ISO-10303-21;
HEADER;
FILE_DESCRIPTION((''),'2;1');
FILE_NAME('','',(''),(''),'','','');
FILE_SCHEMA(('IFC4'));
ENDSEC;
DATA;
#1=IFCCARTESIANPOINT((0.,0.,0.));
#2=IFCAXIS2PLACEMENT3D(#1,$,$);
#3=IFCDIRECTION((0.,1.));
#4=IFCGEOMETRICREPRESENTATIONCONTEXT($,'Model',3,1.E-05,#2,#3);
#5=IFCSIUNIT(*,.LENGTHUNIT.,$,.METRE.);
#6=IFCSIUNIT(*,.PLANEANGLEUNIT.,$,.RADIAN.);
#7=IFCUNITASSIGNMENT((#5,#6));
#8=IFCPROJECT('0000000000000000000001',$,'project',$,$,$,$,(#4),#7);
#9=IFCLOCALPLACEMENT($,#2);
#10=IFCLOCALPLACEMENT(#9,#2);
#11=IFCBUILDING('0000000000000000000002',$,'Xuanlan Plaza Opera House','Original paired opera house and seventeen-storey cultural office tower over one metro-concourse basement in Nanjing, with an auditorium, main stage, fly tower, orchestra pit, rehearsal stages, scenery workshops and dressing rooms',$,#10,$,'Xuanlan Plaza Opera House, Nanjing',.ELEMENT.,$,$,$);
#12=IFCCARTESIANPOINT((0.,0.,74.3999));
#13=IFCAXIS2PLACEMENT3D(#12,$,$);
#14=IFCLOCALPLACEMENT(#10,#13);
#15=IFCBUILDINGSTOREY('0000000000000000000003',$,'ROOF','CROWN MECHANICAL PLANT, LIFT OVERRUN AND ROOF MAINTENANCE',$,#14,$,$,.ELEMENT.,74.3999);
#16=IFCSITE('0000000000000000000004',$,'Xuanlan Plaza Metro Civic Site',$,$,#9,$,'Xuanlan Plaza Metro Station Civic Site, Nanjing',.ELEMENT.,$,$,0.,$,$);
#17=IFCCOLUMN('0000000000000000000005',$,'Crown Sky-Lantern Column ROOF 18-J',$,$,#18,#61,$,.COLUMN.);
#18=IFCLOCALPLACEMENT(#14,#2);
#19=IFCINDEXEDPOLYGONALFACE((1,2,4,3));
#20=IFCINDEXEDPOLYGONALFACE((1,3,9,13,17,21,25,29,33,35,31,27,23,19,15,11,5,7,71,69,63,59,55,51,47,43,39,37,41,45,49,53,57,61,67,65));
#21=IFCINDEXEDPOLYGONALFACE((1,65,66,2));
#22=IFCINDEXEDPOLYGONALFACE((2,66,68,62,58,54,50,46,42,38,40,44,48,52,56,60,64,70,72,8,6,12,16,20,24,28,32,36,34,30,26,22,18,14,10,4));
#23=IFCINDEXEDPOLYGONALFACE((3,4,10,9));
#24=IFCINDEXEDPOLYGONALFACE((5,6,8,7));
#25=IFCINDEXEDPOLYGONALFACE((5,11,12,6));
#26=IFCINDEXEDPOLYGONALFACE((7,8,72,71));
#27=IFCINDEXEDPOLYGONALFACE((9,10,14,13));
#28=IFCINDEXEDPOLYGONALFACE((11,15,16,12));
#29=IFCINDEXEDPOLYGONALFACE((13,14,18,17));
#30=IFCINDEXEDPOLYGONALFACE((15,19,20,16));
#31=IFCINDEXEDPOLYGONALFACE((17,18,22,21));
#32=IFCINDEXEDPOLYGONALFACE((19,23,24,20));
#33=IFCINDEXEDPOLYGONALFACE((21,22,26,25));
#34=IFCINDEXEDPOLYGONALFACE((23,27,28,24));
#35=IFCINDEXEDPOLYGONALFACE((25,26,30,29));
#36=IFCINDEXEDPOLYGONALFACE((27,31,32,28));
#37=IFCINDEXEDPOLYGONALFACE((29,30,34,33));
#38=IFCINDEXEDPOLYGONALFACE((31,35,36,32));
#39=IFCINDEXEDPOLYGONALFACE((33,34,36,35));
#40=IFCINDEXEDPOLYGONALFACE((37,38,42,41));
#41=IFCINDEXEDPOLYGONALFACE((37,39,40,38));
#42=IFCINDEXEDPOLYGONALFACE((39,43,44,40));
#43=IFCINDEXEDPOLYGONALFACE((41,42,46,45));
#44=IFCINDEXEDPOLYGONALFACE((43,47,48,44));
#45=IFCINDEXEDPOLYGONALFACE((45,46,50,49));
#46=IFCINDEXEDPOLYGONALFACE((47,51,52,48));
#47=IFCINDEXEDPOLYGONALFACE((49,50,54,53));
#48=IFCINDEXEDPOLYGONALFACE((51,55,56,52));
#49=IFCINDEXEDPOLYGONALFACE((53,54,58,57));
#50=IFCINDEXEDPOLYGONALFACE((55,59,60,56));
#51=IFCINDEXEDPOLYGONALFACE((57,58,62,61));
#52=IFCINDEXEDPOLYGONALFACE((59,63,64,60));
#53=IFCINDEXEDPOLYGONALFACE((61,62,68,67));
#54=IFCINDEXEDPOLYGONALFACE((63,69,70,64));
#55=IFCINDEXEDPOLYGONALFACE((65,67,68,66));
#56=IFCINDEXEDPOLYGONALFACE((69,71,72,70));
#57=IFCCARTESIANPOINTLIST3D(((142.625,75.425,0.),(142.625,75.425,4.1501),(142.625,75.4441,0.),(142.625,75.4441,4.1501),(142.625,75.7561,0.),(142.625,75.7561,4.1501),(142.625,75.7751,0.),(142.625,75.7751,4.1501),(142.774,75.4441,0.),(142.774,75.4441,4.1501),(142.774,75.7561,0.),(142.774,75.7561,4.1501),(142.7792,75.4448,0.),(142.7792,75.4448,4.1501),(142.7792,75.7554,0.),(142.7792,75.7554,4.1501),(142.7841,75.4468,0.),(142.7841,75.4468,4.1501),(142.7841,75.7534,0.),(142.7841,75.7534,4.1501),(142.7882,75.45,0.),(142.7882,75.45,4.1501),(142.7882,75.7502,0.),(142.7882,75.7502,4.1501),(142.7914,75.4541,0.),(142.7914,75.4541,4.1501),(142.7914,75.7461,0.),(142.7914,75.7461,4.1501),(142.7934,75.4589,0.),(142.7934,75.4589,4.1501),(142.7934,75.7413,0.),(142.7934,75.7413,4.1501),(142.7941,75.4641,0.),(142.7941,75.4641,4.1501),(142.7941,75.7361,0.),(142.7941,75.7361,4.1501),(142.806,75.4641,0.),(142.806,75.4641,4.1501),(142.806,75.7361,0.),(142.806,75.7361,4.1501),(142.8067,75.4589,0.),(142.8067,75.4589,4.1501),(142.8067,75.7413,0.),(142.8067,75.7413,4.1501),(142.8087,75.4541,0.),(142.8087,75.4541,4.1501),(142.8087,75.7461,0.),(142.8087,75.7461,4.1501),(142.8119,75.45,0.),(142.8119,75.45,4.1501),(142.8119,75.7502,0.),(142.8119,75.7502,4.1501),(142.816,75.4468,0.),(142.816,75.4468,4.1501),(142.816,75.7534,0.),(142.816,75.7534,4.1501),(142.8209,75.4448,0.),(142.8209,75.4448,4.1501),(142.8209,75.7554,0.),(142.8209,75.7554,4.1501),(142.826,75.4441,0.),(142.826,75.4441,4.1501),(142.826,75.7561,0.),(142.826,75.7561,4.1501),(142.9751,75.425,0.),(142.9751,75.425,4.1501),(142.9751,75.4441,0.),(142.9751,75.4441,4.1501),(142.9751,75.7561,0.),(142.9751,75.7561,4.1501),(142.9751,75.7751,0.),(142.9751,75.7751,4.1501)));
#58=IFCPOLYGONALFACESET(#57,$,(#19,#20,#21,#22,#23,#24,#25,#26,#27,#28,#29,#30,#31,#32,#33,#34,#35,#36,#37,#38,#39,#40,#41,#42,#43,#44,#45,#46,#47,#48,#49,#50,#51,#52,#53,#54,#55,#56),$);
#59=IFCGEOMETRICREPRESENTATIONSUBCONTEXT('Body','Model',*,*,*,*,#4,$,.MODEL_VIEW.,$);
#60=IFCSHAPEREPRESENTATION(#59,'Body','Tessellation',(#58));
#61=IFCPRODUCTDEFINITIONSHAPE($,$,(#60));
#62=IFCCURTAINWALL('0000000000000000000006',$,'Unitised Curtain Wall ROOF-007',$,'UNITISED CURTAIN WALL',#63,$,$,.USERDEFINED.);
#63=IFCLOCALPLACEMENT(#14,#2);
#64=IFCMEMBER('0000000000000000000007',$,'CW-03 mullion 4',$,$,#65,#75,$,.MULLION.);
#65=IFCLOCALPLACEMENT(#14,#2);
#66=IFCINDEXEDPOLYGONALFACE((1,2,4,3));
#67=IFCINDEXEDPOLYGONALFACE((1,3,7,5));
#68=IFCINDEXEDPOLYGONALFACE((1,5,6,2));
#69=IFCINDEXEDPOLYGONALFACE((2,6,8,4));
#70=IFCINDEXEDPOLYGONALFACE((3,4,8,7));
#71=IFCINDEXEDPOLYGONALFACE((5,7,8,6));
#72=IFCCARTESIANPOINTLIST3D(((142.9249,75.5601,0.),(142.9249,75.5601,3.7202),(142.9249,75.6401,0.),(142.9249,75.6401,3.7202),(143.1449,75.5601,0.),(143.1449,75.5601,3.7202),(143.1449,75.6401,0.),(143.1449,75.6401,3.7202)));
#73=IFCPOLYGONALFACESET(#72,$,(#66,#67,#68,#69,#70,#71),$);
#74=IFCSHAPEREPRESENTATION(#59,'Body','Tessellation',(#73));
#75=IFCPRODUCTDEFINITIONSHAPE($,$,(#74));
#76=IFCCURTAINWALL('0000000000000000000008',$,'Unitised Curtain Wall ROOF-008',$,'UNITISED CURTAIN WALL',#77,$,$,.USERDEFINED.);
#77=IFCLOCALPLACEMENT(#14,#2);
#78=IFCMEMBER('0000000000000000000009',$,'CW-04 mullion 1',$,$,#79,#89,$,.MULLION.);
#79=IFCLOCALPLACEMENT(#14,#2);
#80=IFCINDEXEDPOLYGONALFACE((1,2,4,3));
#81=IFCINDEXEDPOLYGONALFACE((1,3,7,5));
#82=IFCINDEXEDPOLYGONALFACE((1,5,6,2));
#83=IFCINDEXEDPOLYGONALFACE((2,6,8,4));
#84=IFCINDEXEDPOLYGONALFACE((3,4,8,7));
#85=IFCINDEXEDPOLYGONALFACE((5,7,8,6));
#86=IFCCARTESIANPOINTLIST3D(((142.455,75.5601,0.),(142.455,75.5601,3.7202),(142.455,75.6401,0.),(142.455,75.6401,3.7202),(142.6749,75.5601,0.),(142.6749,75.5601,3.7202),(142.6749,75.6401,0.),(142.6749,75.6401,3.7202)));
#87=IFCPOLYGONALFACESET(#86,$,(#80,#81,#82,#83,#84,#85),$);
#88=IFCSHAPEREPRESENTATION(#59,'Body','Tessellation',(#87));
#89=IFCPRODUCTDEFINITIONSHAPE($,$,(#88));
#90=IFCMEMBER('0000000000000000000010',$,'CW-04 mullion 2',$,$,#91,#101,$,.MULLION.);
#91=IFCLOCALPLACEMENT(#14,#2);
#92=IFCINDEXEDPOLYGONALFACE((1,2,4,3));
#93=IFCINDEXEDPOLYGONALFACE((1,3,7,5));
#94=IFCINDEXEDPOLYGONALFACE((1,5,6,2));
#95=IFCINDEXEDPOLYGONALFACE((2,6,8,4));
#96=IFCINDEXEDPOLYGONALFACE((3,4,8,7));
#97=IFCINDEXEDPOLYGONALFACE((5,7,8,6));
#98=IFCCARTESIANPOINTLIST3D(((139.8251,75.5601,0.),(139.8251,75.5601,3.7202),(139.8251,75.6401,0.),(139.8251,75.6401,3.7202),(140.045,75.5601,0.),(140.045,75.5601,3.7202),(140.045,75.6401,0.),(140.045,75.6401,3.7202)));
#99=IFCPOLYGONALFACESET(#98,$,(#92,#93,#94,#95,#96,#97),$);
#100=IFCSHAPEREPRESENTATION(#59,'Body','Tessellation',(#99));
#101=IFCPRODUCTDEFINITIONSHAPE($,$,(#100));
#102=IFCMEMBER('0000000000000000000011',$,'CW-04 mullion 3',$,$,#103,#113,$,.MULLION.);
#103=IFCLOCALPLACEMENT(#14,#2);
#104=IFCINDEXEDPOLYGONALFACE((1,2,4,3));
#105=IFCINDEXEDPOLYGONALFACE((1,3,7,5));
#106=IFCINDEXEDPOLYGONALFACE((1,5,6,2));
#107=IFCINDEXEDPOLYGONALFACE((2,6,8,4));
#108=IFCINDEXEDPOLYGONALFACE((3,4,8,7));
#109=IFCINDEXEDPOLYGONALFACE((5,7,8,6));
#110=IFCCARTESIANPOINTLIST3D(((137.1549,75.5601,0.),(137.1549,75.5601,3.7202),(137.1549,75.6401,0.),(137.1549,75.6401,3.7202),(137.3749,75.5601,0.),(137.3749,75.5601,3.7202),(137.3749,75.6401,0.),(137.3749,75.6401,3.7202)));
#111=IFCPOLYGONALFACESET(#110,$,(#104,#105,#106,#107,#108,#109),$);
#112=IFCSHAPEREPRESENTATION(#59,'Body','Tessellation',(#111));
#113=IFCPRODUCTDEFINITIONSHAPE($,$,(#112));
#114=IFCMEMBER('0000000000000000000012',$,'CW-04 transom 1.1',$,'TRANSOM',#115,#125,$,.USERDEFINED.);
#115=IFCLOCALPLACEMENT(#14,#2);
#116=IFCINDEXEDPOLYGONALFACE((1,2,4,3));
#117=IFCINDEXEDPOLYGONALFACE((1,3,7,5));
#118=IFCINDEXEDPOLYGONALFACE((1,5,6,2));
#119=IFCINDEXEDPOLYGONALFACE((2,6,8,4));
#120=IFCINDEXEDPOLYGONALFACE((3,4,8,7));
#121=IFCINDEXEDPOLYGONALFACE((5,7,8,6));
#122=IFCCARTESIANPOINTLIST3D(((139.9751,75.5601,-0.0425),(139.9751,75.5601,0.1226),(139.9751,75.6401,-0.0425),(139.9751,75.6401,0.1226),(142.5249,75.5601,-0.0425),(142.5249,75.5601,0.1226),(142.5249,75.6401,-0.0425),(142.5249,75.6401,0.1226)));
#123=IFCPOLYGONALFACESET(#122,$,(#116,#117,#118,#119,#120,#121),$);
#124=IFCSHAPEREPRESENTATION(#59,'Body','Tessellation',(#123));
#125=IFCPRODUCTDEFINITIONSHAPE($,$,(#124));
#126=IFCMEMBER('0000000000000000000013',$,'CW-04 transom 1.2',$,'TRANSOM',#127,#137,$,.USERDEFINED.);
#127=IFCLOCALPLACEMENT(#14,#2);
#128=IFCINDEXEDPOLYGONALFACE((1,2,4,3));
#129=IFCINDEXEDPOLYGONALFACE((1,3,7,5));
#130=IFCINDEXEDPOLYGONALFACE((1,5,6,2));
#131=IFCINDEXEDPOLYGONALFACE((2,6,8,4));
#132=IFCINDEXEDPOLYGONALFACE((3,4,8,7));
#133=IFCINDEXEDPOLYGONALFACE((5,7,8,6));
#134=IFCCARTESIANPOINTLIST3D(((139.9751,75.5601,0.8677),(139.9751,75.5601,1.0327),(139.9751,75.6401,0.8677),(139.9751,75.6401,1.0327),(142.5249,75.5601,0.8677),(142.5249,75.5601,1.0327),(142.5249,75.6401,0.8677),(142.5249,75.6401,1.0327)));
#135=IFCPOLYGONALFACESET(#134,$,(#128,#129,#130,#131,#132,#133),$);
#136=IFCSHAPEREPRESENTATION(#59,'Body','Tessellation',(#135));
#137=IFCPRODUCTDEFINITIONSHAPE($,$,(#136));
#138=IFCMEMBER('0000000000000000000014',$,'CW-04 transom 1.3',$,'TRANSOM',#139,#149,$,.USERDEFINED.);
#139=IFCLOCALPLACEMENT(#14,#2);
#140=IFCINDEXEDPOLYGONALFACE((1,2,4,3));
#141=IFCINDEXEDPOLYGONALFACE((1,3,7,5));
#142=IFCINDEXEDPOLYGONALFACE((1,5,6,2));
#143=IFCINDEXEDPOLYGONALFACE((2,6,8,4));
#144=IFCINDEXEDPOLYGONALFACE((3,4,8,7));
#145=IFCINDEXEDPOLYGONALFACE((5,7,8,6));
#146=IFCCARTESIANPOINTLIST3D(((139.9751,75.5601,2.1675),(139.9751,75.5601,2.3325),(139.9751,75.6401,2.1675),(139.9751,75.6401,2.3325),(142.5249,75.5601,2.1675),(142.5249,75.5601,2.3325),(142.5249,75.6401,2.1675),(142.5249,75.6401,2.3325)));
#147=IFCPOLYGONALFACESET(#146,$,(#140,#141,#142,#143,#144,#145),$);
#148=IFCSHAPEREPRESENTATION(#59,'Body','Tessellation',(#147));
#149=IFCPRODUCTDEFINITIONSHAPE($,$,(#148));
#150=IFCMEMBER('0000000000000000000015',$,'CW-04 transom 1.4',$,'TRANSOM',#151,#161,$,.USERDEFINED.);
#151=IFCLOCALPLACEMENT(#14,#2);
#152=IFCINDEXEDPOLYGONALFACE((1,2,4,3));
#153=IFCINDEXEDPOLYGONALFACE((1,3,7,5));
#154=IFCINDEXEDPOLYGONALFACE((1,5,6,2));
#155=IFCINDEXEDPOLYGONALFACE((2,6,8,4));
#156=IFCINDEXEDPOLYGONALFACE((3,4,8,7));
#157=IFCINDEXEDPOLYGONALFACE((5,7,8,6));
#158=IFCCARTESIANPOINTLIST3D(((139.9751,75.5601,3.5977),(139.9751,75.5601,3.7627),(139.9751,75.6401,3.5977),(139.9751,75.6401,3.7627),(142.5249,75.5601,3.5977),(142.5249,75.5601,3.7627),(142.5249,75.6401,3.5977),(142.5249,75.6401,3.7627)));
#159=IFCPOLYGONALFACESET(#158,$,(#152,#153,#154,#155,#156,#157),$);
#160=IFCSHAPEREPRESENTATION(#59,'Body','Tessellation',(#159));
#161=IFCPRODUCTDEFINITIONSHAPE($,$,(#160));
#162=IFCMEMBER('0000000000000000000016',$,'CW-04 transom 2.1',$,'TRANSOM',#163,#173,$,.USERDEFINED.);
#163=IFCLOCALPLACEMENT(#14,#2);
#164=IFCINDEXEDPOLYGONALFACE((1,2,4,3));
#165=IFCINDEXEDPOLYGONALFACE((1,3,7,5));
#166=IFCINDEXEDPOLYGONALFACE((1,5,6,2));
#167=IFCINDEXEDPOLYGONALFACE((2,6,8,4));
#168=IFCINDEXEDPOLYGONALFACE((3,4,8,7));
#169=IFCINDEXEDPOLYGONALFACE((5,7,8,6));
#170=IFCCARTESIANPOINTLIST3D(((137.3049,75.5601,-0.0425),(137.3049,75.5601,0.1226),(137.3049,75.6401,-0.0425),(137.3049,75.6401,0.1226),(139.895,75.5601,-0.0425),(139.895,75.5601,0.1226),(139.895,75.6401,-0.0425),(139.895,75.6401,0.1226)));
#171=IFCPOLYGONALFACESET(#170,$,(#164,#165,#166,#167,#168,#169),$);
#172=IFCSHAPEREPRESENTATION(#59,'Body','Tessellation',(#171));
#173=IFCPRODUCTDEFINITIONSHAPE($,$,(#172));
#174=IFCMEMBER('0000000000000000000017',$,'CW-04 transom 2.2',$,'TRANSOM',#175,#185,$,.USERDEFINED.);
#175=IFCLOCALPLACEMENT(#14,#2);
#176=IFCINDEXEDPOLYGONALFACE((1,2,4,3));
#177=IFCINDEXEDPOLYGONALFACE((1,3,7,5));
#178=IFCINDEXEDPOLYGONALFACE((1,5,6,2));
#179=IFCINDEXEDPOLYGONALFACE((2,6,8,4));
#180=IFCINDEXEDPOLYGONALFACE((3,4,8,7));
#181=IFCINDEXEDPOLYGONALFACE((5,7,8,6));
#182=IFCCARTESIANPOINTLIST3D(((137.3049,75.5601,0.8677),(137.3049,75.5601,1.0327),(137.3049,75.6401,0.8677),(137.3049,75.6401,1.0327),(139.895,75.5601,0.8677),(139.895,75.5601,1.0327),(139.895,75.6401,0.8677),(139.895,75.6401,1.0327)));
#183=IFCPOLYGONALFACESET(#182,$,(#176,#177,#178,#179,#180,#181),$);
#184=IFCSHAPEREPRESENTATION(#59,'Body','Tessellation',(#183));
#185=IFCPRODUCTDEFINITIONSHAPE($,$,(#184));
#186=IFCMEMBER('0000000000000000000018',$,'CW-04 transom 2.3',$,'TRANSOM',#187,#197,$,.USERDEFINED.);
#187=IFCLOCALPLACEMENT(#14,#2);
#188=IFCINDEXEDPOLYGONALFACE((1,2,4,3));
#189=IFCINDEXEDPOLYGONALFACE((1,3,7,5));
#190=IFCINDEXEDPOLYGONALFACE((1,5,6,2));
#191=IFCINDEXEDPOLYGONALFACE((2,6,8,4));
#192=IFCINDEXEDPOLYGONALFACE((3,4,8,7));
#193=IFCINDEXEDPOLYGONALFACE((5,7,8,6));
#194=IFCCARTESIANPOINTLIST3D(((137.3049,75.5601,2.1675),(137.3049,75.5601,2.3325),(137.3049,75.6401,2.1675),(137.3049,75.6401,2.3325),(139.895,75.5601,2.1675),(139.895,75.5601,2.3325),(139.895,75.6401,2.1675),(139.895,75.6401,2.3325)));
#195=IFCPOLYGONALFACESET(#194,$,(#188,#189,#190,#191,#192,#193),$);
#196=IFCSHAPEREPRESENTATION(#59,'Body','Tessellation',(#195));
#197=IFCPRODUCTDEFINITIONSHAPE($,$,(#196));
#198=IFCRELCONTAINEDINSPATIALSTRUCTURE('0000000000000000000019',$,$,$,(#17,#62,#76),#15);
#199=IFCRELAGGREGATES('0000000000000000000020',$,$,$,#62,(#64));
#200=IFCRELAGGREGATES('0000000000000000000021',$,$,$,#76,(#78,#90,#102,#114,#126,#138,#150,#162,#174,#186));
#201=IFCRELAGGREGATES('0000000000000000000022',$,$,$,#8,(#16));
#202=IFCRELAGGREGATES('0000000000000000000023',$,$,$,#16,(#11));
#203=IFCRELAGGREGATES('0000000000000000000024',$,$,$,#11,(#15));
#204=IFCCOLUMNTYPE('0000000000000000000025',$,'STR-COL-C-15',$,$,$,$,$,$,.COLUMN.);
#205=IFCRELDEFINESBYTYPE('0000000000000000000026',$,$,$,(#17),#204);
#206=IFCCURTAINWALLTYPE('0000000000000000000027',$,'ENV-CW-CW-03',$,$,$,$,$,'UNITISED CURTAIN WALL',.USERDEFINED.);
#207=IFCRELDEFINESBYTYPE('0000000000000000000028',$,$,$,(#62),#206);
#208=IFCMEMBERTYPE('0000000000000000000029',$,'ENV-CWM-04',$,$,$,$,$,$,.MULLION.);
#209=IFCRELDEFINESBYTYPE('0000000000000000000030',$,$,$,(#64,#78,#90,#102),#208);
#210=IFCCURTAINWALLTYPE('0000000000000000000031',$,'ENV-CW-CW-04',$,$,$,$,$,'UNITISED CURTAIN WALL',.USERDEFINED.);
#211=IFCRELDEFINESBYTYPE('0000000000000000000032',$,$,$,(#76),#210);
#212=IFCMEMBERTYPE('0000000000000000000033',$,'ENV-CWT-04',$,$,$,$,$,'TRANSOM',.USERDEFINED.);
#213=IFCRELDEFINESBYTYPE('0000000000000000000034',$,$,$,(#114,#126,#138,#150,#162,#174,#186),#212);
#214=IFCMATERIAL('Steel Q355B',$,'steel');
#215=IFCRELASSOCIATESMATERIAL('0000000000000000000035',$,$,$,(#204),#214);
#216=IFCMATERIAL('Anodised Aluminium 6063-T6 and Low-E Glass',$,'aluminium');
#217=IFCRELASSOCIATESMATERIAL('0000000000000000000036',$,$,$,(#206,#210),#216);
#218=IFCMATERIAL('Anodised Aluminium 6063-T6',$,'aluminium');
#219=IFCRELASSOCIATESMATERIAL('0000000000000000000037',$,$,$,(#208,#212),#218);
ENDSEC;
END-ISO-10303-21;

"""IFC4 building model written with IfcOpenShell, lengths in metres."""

from ifc_helpers import new_model, si_unit, direction, frame, origin, origin_2d, place, context, subcontext, project, spatial, rectangle, i_section, extrude, material, material_profile, profile_set, type_object, element, aggregate, save


model = new_model("IFC4")

# Units and contexts
model_context = context("Model", 3, precision=1e-05, world=origin(), true_north=direction((0.0, 1.0)))
body_context = subcontext(model_context, "Body", "Model", "MODEL_VIEW")
ifc_project = project(units=[si_unit("LENGTHUNIT", "METRE"), si_unit("PLANEANGLEUNIT", "RADIAN")], contexts=[model_context])

# Site, building, storey
site_placement = place(None, origin())
site = spatial("IfcSite", under=ifc_project, at=site_placement, Name="Xuanlan Plaza Metro Civic Site", LongName="Xuanlan Plaza Metro Station Civic Site, Nanjing", CompositionType="ELEMENT", RefElevation=0.0)
building_placement = place(site_placement, origin())
building = spatial("IfcBuilding", under=site, at=building_placement, Name="Xuanlan Plaza Opera House", Description="Original paired opera house and seventeen-storey cultural office tower over one metro-concourse basement in Nanjing, with an auditorium, main stage, fly tower, orchestra pit, rehearsal stages, scenery workshops and dressing rooms", LongName="Xuanlan Plaza Opera House, Nanjing", CompositionType="ELEMENT")
storey_placement = place(building_placement, frame((0.0, 0.0, 74.3999)))
storey = spatial("IfcBuildingStorey", under=building, at=storey_placement, Name="ROOF", Description="CROWN MECHANICAL PLANT, LIFT OVERRUN AND ROOF MAINTENANCE", CompositionType="ELEMENT", Elevation=74.3999)

# Column
ifc_material_1 = material(Name="Steel Q355B", Category="steel")
ifc_material_profile_1 = material_profile(ifc_material_1, i_section(OverallWidth=0.3501, OverallDepth=0.3501, WebThickness=0.012, FlangeThickness=0.019, FilletRadius=0.02, at=origin_2d()), Name="HW 350x350x12x19")
ifc_profile_set_1 = profile_set([ifc_material_profile_1], Name="Steel Q355B")
column_type = type_object("IfcColumnType", Name="STR-COL-C-15", PredefinedType="COLUMN", material=ifc_profile_set_1)
column_placement = place(storey_placement, frame((142.8, 75.6001, 0.0), z_axis=(0.0, 0.0, 1.0), x_axis=(1.0, 0.0, 0.0)))
element("IfcColumn", 1, at=column_placement, inside=storey, type_object=column_type, Name="Crown Sky-Lantern Column ROOF 18-J", PredefinedType="COLUMN", context=body_context, shape_type="SweptSolid", body=[
    extrude(i_section(OverallWidth=0.3501, OverallDepth=0.3501, WebThickness=0.012, FlangeThickness=0.019, FilletRadius=0.02, at=origin_2d()), origin(), (0.0, 0.0, 1.0), 4.1501),
])

# Curtain wall, member
ifc_material_2 = material(Name="Anodised Aluminium 6063-T6 and Low-E Glass", Category="aluminium")
curtain_wall_type_1 = type_object("IfcCurtainWallType", Name="ENV-CW-CW-03", ElementType="UNITISED CURTAIN WALL", PredefinedType="USERDEFINED", material=ifc_material_2)
curtain_wall_1_placement = place(storey_placement, origin())
curtain_wall_1 = element("IfcCurtainWall", 2, at=curtain_wall_1_placement, inside=storey, type_object=curtain_wall_type_1, Name="Unitised Curtain Wall ROOF-007", ObjectType="UNITISED CURTAIN WALL", PredefinedType="USERDEFINED")
ifc_material_3 = material(Name="Anodised Aluminium 6063-T6", Category="aluminium")
ifc_material_profile_2 = material_profile(ifc_material_3, rectangle(XDim=0.0801, YDim=0.22, at=origin_2d()), Name="ALU-M 80x220")
ifc_profile_set_2 = profile_set([ifc_material_profile_2], Name="Anodised Aluminium 6063-T6")
member_type_1 = type_object("IfcMemberType", Name="ENV-CWM-04", PredefinedType="MULLION", material=ifc_profile_set_2)
member_1_placement = place(storey_placement, frame((143.0349, 75.6001, 0.0), z_axis=(0.0, 0.0, 1.0), x_axis=(0.0, -1.0, 0.0)))
member_1 = element("IfcMember", 3, at=member_1_placement, type_object=member_type_1, Name="CW-03 mullion 4", PredefinedType="MULLION", context=body_context, shape_type="SweptSolid", body=[
    extrude(rectangle(XDim=0.0801, YDim=0.22, at=origin_2d()), origin(), (0.0, 0.0, 1.0), 3.7202),
])
aggregate(curtain_wall_1, [member_1])

# Curtain wall, members
curtain_wall_type_2 = type_object("IfcCurtainWallType", Name="ENV-CW-CW-04", ElementType="UNITISED CURTAIN WALL", PredefinedType="USERDEFINED", material=ifc_material_2)
curtain_wall_2_placement = place(storey_placement, origin())
curtain_wall_2 = element("IfcCurtainWall", 4, at=curtain_wall_2_placement, inside=storey, type_object=curtain_wall_type_2, Name="Unitised Curtain Wall ROOF-008", ObjectType="UNITISED CURTAIN WALL", PredefinedType="USERDEFINED")
member_2_placement = place(storey_placement, frame((142.5649, 75.6001, 0.0), z_axis=(0.0, 0.0, 1.0), x_axis=(0.0, -1.0, 0.0)))
member_2 = element("IfcMember", 5, at=member_2_placement, type_object=member_type_1, Name="CW-04 mullion 1", PredefinedType="MULLION", context=body_context, shape_type="SweptSolid", body=[
    extrude(rectangle(XDim=0.0801, YDim=0.22, at=origin_2d()), origin(), (0.0, 0.0, 1.0), 3.7202),
])
member_3_placement = place(storey_placement, frame((139.9351, 75.6001, 0.0), z_axis=(0.0, 0.0, 1.0), x_axis=(0.0, -1.0, 0.0)))
member_3 = element("IfcMember", 6, at=member_3_placement, type_object=member_type_1, Name="CW-04 mullion 2", PredefinedType="MULLION", context=body_context, shape_type="SweptSolid", body=[
    extrude(rectangle(XDim=0.0801, YDim=0.22, at=origin_2d()), origin(), (0.0, 0.0, 1.0), 3.7202),
])
member_4_placement = place(storey_placement, frame((137.2649, 75.6001, 0.0), z_axis=(0.0, 0.0, 1.0), x_axis=(0.0, -1.0, 0.0)))
member_4 = element("IfcMember", 7, at=member_4_placement, type_object=member_type_1, Name="CW-04 mullion 3", PredefinedType="MULLION", context=body_context, shape_type="SweptSolid", body=[
    extrude(rectangle(XDim=0.0801, YDim=0.22, at=origin_2d()), origin(), (0.0, 0.0, 1.0), 3.7202),
])
ifc_material_profile_3 = material_profile(ifc_material_3, rectangle(XDim=0.0801, YDim=0.165, at=origin_2d()), Name="ALU-T 80x165")
ifc_profile_set_3 = profile_set([ifc_material_profile_3], Name="Anodised Aluminium 6063-T6")
member_type_2 = type_object("IfcMemberType", Name="ENV-CWT-04", ElementType="TRANSOM", PredefinedType="USERDEFINED", material=ifc_profile_set_3)
member_5_placement = place(storey_placement, frame((142.5249, 75.6001, 0.04), z_axis=(-1.0, 0.0, 0.0), x_axis=(0.0, -1.0, 0.0)))
member_5 = element("IfcMember", 8, at=member_5_placement, type_object=member_type_2, Name="CW-04 transom 1.1", ObjectType="TRANSOM", PredefinedType="USERDEFINED", context=body_context, shape_type="SweptSolid", body=[
    extrude(rectangle(XDim=0.0801, YDim=0.165, at=origin_2d()), origin(), (0.0, 0.0, 1.0), 2.5498),
])
member_6_placement = place(storey_placement, frame((142.5249, 75.6001, 0.9502), z_axis=(-1.0, 0.0, 0.0), x_axis=(0.0, -1.0, 0.0)))
member_6 = element("IfcMember", 9, at=member_6_placement, type_object=member_type_2, Name="CW-04 transom 1.2", ObjectType="TRANSOM", PredefinedType="USERDEFINED", context=body_context, shape_type="SweptSolid", body=[
    extrude(rectangle(XDim=0.0801, YDim=0.165, at=origin_2d()), origin(), (0.0, 0.0, 1.0), 2.5498),
])
member_7_placement = place(storey_placement, frame((142.5249, 75.6001, 2.25), z_axis=(-1.0, 0.0, 0.0), x_axis=(0.0, -1.0, 0.0)))
member_7 = element("IfcMember", 10, at=member_7_placement, type_object=member_type_2, Name="CW-04 transom 1.3", ObjectType="TRANSOM", PredefinedType="USERDEFINED", context=body_context, shape_type="SweptSolid", body=[
    extrude(rectangle(XDim=0.0801, YDim=0.165, at=origin_2d()), origin(), (0.0, 0.0, 1.0), 2.5498),
])
member_8_placement = place(storey_placement, frame((142.5249, 75.6001, 3.6802), z_axis=(-1.0, 0.0, 0.0), x_axis=(0.0, -1.0, 0.0)))
member_8 = element("IfcMember", 11, at=member_8_placement, type_object=member_type_2, Name="CW-04 transom 1.4", ObjectType="TRANSOM", PredefinedType="USERDEFINED", context=body_context, shape_type="SweptSolid", body=[
    extrude(rectangle(XDim=0.0801, YDim=0.165, at=origin_2d()), origin(), (0.0, 0.0, 1.0), 2.5498),
])
member_9_placement = place(storey_placement, frame((139.895, 75.6001, 0.04), z_axis=(-1.0, 0.0, 0.0), x_axis=(0.0, -1.0, 0.0)))
member_9 = element("IfcMember", 12, at=member_9_placement, type_object=member_type_2, Name="CW-04 transom 2.1", ObjectType="TRANSOM", PredefinedType="USERDEFINED", context=body_context, shape_type="SweptSolid", body=[
    extrude(rectangle(XDim=0.0801, YDim=0.165, at=origin_2d()), origin(), (0.0, 0.0, 1.0), 2.5901),
])
member_10_placement = place(storey_placement, frame((139.895, 75.6001, 0.9502), z_axis=(-1.0, 0.0, 0.0), x_axis=(0.0, -1.0, 0.0)))
member_10 = element("IfcMember", 13, at=member_10_placement, type_object=member_type_2, Name="CW-04 transom 2.2", ObjectType="TRANSOM", PredefinedType="USERDEFINED", context=body_context, shape_type="SweptSolid", body=[
    extrude(rectangle(XDim=0.0801, YDim=0.165, at=origin_2d()), origin(), (0.0, 0.0, 1.0), 2.5901),
])
member_11_placement = place(storey_placement, frame((139.895, 75.6001, 2.25), z_axis=(-1.0, 0.0, 0.0), x_axis=(0.0, -1.0, 0.0)))
member_11 = element("IfcMember", 14, at=member_11_placement, type_object=member_type_2, Name="CW-04 transom 2.3", ObjectType="TRANSOM", PredefinedType="USERDEFINED", context=body_context, shape_type="SweptSolid", body=[
    extrude(rectangle(XDim=0.0801, YDim=0.165, at=origin_2d()), origin(), (0.0, 0.0, 1.0), 2.5901),
])

aggregate(curtain_wall_2, [member_2, member_3, member_4, member_5, member_6, member_7, member_8, member_9, member_10, member_11])

save(model, "model.ifc")
